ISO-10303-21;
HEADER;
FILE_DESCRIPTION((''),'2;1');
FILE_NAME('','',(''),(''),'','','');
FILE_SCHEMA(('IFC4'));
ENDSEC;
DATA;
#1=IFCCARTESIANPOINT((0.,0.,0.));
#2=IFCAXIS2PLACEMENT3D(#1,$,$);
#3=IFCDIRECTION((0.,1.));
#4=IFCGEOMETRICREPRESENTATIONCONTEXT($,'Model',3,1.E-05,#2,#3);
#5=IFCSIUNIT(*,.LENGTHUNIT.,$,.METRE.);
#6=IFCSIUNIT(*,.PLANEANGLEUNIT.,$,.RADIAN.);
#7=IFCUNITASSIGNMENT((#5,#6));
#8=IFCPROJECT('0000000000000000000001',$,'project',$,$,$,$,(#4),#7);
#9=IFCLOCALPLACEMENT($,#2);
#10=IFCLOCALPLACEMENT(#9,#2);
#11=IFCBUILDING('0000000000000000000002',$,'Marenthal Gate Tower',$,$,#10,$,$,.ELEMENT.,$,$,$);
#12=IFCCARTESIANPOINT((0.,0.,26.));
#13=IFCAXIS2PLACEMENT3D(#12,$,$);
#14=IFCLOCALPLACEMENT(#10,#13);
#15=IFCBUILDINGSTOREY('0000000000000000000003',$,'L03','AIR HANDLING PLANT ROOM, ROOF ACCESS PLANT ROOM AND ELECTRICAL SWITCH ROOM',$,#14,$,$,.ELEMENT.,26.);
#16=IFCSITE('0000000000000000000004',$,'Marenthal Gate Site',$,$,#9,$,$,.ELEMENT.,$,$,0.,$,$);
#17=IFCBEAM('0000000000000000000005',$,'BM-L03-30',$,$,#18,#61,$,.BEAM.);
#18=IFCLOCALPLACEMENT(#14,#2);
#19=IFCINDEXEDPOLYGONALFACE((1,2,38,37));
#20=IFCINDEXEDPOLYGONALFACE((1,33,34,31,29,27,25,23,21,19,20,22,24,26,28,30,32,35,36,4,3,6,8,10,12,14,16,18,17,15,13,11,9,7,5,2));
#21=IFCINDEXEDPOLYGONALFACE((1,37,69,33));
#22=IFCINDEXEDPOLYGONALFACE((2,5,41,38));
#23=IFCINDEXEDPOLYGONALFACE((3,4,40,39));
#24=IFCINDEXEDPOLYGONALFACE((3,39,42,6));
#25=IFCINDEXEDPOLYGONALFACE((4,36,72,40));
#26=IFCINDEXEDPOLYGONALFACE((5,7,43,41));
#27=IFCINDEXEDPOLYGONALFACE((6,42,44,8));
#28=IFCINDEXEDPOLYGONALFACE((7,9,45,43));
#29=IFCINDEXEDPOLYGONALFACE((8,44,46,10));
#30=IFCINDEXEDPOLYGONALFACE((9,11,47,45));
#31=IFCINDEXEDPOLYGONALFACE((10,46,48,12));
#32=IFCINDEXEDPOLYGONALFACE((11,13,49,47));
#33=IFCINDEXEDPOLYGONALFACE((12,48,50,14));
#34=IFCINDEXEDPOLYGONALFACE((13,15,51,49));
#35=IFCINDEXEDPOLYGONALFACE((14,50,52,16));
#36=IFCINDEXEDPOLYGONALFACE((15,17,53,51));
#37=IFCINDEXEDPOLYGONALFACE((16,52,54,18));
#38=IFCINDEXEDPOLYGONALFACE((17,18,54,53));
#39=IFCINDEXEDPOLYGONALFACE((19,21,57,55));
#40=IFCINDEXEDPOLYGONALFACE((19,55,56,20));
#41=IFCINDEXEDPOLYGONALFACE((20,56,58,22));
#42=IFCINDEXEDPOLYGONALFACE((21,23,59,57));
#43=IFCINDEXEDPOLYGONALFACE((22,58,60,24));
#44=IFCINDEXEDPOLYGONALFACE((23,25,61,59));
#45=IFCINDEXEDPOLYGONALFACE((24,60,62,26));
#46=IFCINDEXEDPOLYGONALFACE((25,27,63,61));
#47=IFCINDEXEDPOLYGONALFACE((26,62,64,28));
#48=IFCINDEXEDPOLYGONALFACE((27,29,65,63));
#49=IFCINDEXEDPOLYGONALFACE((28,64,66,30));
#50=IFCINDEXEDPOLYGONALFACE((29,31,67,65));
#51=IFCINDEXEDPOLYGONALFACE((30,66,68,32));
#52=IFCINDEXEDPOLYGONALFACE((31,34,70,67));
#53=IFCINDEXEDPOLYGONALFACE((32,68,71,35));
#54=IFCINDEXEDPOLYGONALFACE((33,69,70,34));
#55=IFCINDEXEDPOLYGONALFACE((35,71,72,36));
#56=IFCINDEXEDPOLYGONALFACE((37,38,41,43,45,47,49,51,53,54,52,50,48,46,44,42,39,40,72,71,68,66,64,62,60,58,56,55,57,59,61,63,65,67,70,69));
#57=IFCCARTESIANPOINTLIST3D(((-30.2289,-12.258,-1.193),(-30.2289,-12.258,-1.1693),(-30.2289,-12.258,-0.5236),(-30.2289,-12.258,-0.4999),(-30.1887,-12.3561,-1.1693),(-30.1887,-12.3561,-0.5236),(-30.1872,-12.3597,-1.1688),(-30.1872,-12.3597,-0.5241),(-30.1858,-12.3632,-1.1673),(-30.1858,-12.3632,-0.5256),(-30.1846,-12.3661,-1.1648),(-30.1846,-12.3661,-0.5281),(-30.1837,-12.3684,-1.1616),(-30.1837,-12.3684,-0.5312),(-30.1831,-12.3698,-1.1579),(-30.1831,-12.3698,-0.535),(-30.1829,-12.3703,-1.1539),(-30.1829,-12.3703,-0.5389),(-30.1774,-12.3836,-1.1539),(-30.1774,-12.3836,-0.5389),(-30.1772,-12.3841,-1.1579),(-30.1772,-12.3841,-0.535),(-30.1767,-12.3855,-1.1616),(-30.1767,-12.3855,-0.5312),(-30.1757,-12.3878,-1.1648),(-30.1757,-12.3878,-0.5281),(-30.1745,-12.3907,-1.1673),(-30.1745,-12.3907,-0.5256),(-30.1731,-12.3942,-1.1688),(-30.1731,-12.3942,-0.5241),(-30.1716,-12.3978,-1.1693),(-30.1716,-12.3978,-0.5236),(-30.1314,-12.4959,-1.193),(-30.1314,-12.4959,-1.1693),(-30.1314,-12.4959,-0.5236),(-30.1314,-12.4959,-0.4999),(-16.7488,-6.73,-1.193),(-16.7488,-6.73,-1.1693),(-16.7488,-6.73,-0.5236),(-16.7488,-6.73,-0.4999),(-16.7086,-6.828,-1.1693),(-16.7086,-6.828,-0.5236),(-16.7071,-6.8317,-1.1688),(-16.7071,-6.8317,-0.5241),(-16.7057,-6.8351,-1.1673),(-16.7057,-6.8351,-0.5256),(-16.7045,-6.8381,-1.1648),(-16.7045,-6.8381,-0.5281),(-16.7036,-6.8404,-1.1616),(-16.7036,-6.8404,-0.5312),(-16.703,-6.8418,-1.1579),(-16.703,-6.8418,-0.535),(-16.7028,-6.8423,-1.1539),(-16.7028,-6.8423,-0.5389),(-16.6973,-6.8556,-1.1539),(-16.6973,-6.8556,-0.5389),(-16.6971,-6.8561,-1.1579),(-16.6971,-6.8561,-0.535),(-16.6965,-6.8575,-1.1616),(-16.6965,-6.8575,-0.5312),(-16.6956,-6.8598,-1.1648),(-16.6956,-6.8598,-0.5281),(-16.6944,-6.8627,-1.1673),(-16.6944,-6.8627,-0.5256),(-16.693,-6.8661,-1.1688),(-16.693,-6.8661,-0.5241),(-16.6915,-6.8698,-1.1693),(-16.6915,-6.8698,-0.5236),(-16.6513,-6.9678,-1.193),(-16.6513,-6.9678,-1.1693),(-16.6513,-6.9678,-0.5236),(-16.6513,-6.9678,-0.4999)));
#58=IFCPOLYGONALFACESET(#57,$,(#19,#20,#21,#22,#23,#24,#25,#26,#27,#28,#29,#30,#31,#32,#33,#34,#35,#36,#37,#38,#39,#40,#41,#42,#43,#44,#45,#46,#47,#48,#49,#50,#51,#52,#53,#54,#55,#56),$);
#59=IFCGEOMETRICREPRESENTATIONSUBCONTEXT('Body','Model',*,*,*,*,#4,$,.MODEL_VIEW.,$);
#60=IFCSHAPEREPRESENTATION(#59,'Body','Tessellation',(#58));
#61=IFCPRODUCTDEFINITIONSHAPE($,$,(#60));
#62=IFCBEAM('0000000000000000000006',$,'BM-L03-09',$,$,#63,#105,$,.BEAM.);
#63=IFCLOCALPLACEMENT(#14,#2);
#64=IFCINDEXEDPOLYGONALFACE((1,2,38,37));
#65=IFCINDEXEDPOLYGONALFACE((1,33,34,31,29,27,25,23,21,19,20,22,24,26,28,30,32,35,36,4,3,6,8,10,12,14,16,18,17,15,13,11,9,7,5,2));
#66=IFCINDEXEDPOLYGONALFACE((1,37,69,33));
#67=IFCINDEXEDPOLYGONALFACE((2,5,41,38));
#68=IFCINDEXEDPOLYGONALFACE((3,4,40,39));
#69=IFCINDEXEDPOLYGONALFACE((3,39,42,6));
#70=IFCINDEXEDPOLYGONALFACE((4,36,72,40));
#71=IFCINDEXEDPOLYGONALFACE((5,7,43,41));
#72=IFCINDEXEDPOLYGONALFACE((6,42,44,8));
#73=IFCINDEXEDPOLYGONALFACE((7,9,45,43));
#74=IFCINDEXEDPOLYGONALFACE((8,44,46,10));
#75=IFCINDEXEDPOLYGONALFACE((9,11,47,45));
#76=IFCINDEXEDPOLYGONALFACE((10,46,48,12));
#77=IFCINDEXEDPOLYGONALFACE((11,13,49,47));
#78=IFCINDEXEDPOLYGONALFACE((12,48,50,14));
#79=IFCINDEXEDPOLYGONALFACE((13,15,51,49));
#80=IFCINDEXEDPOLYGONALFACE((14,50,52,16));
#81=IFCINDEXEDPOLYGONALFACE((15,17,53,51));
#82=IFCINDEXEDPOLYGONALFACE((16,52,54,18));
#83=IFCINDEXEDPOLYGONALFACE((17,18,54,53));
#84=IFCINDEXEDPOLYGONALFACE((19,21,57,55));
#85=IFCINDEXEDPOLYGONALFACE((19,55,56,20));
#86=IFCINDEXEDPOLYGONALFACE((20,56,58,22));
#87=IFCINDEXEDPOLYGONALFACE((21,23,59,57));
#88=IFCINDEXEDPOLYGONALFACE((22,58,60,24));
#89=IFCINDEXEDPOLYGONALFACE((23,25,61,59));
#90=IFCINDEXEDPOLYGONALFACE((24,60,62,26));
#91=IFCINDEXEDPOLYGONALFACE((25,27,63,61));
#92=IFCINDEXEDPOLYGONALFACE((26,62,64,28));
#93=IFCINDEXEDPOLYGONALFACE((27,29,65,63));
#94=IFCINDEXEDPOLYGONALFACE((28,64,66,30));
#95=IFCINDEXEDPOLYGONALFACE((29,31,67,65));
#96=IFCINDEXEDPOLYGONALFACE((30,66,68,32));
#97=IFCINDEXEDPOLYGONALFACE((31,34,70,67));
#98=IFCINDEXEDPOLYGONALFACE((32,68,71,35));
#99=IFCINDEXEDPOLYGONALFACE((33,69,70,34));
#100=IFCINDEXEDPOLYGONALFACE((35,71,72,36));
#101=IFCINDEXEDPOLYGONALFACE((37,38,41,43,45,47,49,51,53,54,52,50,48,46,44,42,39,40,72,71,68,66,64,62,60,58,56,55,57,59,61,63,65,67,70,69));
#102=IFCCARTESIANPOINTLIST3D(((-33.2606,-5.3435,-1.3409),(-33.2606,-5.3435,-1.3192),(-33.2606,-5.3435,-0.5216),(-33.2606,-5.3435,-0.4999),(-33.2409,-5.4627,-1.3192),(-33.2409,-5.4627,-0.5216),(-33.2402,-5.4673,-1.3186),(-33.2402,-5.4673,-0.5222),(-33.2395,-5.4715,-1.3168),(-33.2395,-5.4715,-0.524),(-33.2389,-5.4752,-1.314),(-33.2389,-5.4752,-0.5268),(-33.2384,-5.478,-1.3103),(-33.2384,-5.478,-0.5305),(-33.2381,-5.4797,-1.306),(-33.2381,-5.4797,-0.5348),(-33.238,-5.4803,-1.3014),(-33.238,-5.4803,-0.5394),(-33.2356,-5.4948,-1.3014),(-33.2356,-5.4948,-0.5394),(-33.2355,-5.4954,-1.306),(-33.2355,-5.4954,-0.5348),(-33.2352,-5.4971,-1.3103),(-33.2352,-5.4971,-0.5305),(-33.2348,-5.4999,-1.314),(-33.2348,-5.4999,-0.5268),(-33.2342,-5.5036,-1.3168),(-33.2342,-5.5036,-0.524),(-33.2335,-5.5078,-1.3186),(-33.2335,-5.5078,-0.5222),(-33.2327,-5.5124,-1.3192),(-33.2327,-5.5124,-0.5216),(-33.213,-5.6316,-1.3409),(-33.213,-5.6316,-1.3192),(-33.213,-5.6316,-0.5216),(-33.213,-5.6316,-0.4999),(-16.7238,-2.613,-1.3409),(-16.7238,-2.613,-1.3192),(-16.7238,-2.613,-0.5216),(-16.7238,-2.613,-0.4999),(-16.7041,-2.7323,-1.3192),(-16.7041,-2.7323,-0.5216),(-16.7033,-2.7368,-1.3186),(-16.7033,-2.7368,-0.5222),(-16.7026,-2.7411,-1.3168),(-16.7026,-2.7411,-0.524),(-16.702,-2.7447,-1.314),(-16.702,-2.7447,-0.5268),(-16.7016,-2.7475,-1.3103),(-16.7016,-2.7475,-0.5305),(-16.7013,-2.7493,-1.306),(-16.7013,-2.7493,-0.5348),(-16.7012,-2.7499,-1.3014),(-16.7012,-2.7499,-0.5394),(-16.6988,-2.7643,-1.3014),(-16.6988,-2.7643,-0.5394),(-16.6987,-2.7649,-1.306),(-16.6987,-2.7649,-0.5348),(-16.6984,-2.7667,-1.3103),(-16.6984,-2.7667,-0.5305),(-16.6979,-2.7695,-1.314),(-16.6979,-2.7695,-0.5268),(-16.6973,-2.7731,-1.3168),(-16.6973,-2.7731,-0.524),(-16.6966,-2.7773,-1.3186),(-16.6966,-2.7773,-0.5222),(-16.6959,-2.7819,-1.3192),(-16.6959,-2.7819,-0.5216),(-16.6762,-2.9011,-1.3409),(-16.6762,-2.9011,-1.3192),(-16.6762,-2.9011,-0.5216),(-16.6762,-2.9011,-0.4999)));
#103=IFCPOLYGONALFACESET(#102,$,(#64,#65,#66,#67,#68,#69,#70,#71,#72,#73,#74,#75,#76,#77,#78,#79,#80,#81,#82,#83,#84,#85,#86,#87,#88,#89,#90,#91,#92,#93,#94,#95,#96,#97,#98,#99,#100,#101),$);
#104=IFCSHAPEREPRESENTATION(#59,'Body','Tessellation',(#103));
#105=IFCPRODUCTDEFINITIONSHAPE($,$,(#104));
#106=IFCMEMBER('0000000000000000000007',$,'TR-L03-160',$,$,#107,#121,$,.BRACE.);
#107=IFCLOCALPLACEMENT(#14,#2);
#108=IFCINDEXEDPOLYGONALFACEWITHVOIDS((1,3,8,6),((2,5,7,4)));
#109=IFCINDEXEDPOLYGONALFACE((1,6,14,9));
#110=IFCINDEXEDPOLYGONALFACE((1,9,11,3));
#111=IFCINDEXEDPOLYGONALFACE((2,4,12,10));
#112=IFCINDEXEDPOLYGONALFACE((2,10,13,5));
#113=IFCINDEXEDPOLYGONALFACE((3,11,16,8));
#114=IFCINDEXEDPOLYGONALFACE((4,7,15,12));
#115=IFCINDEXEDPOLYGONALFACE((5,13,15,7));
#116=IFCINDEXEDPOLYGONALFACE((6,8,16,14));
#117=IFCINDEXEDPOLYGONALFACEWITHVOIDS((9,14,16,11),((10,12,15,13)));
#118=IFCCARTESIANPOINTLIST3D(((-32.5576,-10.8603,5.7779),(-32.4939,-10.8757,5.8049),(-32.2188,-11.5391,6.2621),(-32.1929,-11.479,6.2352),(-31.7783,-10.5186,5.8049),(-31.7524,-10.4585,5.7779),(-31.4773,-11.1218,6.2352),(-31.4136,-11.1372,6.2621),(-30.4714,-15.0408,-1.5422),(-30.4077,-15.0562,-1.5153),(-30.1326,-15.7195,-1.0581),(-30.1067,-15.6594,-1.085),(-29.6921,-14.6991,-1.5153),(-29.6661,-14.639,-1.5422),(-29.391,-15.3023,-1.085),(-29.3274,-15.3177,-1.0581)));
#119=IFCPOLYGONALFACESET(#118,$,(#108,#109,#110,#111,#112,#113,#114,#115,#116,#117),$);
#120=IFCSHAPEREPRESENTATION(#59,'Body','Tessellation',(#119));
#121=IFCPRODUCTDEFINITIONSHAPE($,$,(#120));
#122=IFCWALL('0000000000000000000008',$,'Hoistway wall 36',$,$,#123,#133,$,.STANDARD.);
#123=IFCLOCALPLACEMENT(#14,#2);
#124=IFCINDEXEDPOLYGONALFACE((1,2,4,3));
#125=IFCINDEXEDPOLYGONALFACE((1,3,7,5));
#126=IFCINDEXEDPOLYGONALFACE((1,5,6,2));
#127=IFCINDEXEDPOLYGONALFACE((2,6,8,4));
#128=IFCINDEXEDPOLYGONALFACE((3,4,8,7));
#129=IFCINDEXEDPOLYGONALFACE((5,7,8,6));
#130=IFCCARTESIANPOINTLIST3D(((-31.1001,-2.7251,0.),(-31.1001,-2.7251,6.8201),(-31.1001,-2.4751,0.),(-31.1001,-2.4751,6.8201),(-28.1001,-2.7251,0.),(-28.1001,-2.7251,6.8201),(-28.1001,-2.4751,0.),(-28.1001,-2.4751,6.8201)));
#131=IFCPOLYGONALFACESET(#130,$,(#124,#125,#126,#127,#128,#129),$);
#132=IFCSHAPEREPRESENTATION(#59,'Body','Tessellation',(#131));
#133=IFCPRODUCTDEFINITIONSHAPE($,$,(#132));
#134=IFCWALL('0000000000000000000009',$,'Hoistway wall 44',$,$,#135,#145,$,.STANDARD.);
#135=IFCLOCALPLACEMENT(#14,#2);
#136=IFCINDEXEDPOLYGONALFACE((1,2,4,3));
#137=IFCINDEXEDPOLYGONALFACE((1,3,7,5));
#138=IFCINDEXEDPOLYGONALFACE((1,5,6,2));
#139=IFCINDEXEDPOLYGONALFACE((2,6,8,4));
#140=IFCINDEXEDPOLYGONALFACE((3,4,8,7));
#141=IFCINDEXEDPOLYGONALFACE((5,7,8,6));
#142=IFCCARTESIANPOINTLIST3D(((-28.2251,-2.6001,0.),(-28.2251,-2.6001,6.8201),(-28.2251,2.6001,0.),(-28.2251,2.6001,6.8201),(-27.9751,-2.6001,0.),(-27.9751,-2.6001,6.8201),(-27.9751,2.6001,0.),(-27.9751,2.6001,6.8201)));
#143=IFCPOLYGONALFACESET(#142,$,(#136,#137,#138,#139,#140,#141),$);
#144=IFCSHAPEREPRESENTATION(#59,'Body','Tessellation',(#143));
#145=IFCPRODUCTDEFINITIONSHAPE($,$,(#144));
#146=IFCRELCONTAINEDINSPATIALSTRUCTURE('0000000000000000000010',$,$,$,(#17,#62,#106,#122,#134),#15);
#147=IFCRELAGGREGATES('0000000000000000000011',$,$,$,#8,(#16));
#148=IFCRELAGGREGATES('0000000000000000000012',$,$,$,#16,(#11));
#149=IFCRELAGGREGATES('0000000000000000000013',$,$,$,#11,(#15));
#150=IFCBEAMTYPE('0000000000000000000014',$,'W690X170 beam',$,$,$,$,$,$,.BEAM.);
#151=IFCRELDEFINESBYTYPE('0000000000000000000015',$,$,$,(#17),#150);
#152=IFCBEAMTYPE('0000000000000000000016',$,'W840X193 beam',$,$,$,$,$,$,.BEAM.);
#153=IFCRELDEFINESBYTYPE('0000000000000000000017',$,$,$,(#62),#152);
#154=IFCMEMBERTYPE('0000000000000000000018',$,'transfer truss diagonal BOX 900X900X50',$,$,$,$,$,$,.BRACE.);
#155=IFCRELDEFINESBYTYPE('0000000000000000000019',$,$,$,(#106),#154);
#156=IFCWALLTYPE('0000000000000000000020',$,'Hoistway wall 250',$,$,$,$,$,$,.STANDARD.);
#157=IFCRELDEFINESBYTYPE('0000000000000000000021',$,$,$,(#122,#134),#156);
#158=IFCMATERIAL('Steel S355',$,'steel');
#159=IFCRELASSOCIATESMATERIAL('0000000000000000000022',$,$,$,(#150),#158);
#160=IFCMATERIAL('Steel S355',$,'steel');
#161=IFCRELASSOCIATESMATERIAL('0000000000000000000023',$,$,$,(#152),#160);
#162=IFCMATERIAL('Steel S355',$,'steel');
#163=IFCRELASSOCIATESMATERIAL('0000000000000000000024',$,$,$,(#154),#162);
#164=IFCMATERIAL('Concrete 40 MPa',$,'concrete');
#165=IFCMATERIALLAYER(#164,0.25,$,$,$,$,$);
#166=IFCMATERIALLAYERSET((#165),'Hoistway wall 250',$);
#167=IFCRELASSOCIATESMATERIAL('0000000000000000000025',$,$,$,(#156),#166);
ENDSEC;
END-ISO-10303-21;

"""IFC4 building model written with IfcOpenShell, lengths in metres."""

from ifc_helpers import new_model, si_unit, direction, frame, frame_2d, origin, origin_2d, place, context, subcontext, project, spatial, rectangle, hollow_rectangle, i_section, extrude, material, layer, layer_set, material_profile, profile_set, type_object, element, save


model = new_model("IFC4")

# Units and contexts
model_context = context("Model", 3, precision=1e-05, world=origin(), true_north=direction((0.0, 1.0)))
body_context = subcontext(model_context, "Body", "Model", "MODEL_VIEW")
ifc_project = project(units=[si_unit("LENGTHUNIT", "METRE"), si_unit("PLANEANGLEUNIT", "RADIAN")], contexts=[model_context])

# Site, building, storey
site_placement = place(None, origin())
site = spatial("IfcSite", under=ifc_project, at=site_placement, Name="Marenthal Gate Site", CompositionType="ELEMENT", RefElevation=0.0)
building_placement = place(site_placement, origin())
building = spatial("IfcBuilding", under=site, at=building_placement, Name="Marenthal Gate Tower", CompositionType="ELEMENT")
storey_placement = place(building_placement, frame((0.0, 0.0, 26.0)))
storey = spatial("IfcBuildingStorey", under=building, at=storey_placement, Name="L03", Description="AIR HANDLING PLANT ROOM, ROOF ACCESS PLANT ROOM AND ELECTRICAL SWITCH ROOM", CompositionType="ELEMENT", Elevation=26.0)

# Beams
ifc_material_1 = material(Name="Steel S355", Category="steel")
ifc_material_profile_1 = material_profile(ifc_material_1, i_section(OverallWidth=0.2571, OverallDepth=0.6931, WebThickness=0.0144, FlangeThickness=0.0237, FilletRadius=0.0154, at=origin_2d()), Name="W690X170")
ifc_profile_set_1 = profile_set([ifc_material_profile_1], Name="Steel S355")
beam_type_1 = type_object("IfcBeamType", Name="W690X170 beam", PredefinedType="BEAM", material=ifc_profile_set_1)
beam_1_placement = place(storey_placement, frame((-30.1802, -12.377, -0.8464), z_axis=(0.925223, 0.379423, 0.0), x_axis=(-0.379423, 0.925223, 0.0)))
element("IfcBeam", 1, at=beam_1_placement, inside=storey, type_object=beam_type_1, Name="BM-L03-30", PredefinedType="BEAM", context=body_context, shape_type="SweptSolid", body=[
    extrude(i_section(OverallWidth=0.2571, OverallDepth=0.6931, WebThickness=0.0144, FlangeThickness=0.0237, FilletRadius=0.0154, at=origin_2d()), origin(), (0.0, 0.0, 1.0), 14.5696),
])
ifc_material_2 = material(Name="Steel S355", Category="steel")
ifc_material_profile_2 = material_profile(ifc_material_2, i_section(OverallWidth=0.292, OverallDepth=0.8411, WebThickness=0.0146, FlangeThickness=0.0217, FilletRadius=0.0178, at=origin_2d()), Name="W840X193")
ifc_profile_set_2 = profile_set([ifc_material_profile_2], Name="Steel S355")
beam_type_2 = type_object("IfcBeamType", Name="W840X193 beam", PredefinedType="BEAM", material=ifc_profile_set_2)
beam_2_placement = place(storey_placement, frame((-33.2368, -5.4875, -0.9204), z_axis=(0.986641, 0.162908, 0.0), x_axis=(-0.162908, 0.986641, 0.0)))
element("IfcBeam", 2, at=beam_2_placement, inside=storey, type_object=beam_type_2, Name="BM-L03-09", PredefinedType="BEAM", context=body_context, shape_type="SweptSolid", body=[
    extrude(i_section(OverallWidth=0.292, OverallDepth=0.8411, WebThickness=0.0146, FlangeThickness=0.0217, FilletRadius=0.0178, at=origin_2d()), origin(), (0.0, 0.0, 1.0), 16.7607),
])

# Member
ifc_material_3 = material(Name="Steel S355", Category="steel")
ifc_material_profile_3 = material_profile(ifc_material_3, hollow_rectangle(XDim=0.8999, YDim=0.8999, WallThickness=0.05, at=origin_2d()), Name="BOX 900X900X50")
ifc_profile_set_3 = profile_set([ifc_material_profile_3], Name="Steel S355")
member_type = type_object("IfcMemberType", Name="transfer truss diagonal BOX 900X900X50", PredefinedType="BRACE", material=ifc_profile_set_3)
member_placement = place(storey_placement, frame((-31.9856, -10.9988, 6.02), z_axis=(0.240233, -0.481395, -0.84294), x_axis=(0.894772, 0.446524, 0.0)))
element("IfcMember", 3, at=member_placement, inside=storey, type_object=member_type, Name="TR-L03-160", PredefinedType="BRACE", context=body_context, shape_type="SweptSolid", body=[
    extrude(hollow_rectangle(XDim=0.8999, YDim=0.8999, WallThickness=0.05, at=origin_2d()), origin(), (0.0, 0.0, 1.0), 8.6841),
])

# Walls
ifc_material_4 = material(Name="Concrete 40 MPa", Category="concrete")
ifc_layer_1 = layer(ifc_material_4, 0.25)
ifc_layer_set_1 = layer_set([ifc_layer_1], Name="Hoistway wall 250")
wall_type_1 = type_object("IfcWallType", Name="Hoistway wall 250", PredefinedType="STANDARD", material=ifc_layer_set_1)
wall_1_placement = place(storey_placement, frame((-31.1001, -2.6001, 0.0), z_axis=(0.0, 0.0, 1.0), x_axis=(1.0, 0.0, 0.0)))
element("IfcWall", 4, at=wall_1_placement, inside=storey, type_object=wall_type_1, Name="Hoistway wall 36", PredefinedType="STANDARD", context=body_context, shape_type="SweptSolid", body=[
    extrude(rectangle(XDim=3.0, YDim=0.25, at=frame_2d((1.5, 0.0))), origin(), (0.0, 0.0, 1.0), 6.8201),
])
wall_2_placement = place(storey_placement, frame((-28.1001, -2.6001, 0.0), z_axis=(0.0, 0.0, 1.0), x_axis=(0.0, 1.0, 0.0)))
element("IfcWall", 5, at=wall_2_placement, inside=storey, type_object=wall_type_1, Name="Hoistway wall 44", PredefinedType="STANDARD", context=body_context, shape_type="SweptSolid", body=[
    extrude(rectangle(XDim=5.2002, YDim=0.25, at=frame_2d((2.6001, 0.0))), origin(), (0.0, 0.0, 1.0), 6.8201),
])

save(model, "model.ifc")
